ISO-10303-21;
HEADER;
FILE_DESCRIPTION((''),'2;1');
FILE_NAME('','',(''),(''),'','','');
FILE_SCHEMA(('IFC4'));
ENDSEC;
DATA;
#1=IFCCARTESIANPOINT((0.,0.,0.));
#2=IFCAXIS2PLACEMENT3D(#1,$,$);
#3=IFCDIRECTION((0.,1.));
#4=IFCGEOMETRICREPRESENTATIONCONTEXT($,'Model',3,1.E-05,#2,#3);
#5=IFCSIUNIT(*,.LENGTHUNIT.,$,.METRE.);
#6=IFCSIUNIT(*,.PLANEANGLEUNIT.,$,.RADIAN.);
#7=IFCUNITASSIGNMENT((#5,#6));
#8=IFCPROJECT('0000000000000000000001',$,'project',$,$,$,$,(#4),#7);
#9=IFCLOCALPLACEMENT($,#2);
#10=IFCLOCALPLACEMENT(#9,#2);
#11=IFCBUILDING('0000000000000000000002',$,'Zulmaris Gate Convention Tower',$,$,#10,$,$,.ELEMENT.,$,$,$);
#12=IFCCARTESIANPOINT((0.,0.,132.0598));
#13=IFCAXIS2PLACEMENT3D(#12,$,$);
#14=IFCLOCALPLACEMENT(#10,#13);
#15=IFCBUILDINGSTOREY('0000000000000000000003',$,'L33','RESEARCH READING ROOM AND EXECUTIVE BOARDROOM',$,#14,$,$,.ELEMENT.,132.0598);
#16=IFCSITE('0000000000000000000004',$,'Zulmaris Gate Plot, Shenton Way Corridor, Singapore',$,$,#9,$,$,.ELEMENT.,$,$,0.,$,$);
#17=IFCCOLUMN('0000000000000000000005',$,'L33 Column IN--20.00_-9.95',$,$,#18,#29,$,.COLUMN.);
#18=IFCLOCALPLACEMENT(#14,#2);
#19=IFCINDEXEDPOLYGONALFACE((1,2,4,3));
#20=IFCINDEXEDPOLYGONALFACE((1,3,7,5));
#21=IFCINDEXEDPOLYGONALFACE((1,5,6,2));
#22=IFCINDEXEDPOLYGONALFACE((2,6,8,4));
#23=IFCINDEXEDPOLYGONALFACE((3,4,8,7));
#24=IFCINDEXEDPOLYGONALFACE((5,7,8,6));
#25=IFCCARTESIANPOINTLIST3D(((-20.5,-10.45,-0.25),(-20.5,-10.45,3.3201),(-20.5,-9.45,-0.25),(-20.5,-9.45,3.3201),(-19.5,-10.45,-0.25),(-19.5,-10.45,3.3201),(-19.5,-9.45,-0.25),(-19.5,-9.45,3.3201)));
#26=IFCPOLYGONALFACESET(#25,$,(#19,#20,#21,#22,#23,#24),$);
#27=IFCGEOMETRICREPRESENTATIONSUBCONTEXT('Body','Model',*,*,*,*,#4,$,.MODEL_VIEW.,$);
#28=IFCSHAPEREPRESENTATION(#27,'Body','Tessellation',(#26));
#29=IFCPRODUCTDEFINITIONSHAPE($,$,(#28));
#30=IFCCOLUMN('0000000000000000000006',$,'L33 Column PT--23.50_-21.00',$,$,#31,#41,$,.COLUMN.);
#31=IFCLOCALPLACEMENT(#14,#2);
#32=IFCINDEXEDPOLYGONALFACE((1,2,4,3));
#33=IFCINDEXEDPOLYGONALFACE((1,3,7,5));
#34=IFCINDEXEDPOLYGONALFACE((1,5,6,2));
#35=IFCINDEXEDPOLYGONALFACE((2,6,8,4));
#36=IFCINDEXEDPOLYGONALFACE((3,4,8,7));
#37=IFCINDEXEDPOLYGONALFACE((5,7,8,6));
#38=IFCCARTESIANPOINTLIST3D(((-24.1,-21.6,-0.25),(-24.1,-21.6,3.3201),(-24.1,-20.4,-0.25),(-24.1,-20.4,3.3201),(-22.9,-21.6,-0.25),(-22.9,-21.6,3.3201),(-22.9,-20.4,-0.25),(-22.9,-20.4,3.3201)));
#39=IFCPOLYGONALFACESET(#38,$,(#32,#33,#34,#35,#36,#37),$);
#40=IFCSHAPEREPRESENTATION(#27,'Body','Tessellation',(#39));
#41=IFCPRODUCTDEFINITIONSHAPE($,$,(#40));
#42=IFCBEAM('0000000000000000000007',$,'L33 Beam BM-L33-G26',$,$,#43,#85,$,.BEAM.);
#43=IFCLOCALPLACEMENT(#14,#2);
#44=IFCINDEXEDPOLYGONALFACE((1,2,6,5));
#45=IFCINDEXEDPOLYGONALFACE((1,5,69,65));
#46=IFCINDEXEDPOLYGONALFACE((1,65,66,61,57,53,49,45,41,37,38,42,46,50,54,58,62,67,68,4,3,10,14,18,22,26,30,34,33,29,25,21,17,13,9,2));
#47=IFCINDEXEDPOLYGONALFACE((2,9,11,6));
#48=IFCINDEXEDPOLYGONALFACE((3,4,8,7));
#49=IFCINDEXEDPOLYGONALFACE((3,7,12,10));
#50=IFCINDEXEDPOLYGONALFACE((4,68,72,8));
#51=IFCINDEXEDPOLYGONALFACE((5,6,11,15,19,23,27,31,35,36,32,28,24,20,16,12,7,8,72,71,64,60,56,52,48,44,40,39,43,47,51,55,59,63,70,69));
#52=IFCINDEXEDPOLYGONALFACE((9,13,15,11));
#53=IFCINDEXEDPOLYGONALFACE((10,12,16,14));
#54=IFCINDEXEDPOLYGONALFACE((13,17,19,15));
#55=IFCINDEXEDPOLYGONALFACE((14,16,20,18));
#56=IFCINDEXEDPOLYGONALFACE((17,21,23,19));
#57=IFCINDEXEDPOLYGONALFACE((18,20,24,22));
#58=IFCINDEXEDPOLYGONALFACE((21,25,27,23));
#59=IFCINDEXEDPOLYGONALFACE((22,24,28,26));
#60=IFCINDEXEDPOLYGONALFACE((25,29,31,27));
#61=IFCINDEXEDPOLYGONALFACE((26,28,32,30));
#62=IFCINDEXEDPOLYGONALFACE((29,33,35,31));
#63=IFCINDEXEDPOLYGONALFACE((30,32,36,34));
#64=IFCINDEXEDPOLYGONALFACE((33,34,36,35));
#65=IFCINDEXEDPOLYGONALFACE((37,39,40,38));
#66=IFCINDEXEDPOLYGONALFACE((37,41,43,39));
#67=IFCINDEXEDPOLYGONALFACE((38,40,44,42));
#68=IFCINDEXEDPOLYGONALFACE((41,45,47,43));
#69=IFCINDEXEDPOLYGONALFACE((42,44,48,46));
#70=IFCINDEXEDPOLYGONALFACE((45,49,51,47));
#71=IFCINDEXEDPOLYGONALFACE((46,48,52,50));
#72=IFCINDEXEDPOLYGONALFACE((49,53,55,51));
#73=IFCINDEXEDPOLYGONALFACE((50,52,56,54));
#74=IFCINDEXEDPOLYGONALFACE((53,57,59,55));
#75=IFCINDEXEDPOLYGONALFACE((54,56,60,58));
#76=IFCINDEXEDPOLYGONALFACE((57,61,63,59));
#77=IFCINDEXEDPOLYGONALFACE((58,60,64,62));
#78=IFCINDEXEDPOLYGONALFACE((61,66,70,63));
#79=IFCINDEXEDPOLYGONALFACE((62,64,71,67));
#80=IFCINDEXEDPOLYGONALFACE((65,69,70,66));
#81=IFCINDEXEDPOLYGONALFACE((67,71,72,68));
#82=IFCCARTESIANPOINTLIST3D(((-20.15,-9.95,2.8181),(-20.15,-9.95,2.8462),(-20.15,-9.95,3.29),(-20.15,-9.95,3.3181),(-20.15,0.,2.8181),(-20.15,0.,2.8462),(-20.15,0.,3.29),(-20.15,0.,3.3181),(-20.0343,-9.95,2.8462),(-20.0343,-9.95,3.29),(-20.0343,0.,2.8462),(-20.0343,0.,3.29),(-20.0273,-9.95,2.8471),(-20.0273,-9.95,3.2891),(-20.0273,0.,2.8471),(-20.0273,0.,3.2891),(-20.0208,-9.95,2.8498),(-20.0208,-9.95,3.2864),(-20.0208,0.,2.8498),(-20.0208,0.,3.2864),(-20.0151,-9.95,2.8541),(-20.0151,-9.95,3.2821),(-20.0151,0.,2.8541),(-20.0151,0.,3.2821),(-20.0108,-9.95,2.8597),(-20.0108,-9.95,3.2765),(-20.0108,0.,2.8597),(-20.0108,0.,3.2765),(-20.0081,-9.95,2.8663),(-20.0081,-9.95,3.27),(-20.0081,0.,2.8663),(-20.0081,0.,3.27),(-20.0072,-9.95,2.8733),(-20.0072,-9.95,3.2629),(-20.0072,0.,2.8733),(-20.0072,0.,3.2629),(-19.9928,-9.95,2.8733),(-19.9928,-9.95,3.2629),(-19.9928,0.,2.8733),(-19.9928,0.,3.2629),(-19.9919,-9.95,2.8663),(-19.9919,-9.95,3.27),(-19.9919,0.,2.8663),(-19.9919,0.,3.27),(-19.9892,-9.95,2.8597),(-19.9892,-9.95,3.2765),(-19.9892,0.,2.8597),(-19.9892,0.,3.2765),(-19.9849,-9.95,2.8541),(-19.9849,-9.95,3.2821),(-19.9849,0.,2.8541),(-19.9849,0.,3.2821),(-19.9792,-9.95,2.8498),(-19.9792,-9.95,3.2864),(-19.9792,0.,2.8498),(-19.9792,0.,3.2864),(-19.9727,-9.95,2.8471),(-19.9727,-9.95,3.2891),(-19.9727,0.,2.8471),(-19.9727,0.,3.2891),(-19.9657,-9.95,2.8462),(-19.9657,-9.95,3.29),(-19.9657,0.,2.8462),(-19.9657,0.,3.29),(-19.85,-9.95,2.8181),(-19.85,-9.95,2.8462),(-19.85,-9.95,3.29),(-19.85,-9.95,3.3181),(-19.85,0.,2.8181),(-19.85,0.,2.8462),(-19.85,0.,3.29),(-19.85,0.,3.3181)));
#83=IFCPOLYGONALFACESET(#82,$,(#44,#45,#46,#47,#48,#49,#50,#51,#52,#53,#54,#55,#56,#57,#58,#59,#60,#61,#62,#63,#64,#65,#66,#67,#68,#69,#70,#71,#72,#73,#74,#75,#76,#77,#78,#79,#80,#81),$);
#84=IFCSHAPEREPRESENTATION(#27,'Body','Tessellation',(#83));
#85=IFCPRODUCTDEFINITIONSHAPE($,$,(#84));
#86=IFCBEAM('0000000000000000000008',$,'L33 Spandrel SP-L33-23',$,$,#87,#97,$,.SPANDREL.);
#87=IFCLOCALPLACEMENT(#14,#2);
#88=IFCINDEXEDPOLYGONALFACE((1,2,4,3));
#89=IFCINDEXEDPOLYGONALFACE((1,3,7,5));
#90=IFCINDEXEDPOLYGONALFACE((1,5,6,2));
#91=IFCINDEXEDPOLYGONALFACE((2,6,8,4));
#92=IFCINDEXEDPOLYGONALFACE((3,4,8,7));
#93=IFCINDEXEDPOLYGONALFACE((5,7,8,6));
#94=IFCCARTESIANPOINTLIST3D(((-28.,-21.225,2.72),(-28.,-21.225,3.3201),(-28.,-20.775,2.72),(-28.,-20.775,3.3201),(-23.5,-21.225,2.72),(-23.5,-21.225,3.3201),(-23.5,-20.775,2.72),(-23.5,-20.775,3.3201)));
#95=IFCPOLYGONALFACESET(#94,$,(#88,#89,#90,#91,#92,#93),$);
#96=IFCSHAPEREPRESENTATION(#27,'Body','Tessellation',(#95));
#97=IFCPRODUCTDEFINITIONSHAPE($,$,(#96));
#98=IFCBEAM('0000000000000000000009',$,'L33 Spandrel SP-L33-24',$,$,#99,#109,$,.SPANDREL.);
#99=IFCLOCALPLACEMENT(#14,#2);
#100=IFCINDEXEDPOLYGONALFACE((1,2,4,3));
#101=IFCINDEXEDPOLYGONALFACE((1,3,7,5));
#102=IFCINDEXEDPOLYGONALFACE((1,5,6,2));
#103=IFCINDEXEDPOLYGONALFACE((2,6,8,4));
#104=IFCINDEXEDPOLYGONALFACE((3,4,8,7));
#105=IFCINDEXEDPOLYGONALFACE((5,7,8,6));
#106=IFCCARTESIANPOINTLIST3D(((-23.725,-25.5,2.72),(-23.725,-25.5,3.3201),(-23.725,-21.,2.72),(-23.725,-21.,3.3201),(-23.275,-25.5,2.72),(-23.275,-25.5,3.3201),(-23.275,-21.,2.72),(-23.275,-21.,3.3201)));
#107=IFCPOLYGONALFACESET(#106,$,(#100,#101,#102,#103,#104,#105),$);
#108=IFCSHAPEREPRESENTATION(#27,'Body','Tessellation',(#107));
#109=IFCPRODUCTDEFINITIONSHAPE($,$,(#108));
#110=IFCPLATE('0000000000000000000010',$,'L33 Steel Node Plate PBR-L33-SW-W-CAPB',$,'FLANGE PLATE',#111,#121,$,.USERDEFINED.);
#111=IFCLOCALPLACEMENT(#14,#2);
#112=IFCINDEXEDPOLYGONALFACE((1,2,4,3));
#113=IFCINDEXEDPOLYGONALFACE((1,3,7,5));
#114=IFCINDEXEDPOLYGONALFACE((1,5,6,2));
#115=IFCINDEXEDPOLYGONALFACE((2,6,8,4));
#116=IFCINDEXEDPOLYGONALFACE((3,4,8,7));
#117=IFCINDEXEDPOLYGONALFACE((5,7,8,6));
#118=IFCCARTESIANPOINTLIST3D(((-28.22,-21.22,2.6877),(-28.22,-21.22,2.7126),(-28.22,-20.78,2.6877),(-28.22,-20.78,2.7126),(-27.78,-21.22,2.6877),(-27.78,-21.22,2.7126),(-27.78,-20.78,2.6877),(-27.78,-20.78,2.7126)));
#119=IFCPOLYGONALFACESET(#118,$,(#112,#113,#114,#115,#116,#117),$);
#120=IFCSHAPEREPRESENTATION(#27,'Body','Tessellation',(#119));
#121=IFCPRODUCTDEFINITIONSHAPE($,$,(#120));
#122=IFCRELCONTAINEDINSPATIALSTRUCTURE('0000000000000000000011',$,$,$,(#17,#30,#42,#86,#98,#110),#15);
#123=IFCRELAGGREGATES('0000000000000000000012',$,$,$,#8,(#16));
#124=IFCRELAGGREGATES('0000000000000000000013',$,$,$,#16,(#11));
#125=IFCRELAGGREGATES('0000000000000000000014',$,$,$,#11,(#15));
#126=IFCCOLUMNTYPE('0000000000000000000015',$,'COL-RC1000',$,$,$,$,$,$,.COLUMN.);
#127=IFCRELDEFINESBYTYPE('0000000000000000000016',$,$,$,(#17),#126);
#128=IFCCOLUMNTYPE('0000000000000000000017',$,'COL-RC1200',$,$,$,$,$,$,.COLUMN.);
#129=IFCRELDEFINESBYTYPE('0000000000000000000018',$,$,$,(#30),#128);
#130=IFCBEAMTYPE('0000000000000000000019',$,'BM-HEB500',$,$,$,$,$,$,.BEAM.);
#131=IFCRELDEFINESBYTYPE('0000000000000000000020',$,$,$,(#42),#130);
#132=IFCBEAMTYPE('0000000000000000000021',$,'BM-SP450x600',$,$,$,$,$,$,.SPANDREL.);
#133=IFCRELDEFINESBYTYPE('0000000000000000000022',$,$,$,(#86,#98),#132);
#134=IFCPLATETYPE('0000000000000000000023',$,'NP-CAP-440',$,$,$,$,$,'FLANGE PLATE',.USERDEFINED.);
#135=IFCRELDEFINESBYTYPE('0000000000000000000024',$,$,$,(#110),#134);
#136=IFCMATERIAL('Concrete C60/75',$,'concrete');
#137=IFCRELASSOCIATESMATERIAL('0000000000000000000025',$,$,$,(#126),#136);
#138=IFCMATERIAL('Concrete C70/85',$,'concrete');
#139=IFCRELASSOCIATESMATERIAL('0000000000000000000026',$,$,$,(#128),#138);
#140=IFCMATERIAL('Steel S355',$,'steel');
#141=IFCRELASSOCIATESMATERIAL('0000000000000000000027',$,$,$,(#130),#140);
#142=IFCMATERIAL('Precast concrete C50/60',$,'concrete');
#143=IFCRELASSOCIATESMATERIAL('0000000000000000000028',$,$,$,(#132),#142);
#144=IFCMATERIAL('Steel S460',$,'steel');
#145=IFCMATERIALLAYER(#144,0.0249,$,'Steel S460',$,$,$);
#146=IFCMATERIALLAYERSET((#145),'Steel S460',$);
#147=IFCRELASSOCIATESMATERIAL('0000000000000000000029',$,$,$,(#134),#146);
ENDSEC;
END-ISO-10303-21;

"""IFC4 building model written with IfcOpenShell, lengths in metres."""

from ifc_helpers import new_model, si_unit, direction, frame, origin, origin_2d, place, context, subcontext, project, spatial, rectangle, i_section, extrude, material, layer, layer_set, material_profile, profile_set, type_object, element, save


model = new_model("IFC4")

# Units and contexts
model_context = context("Model", 3, precision=1e-05, world=origin(), true_north=direction((0.0, 1.0)))
body_context = subcontext(model_context, "Body", "Model", "MODEL_VIEW")
ifc_project = project(units=[si_unit("LENGTHUNIT", "METRE"), si_unit("PLANEANGLEUNIT", "RADIAN")], contexts=[model_context])

# Site, building, storey
site_placement = place(None, origin())
site = spatial("IfcSite", under=ifc_project, at=site_placement, Name="Zulmaris Gate Plot, Shenton Way Corridor, Singapore", CompositionType="ELEMENT", RefElevation=0.0)
building_placement = place(site_placement, origin())
building = spatial("IfcBuilding", under=site, at=building_placement, Name="Zulmaris Gate Convention Tower", CompositionType="ELEMENT")
storey_placement = place(building_placement, frame((0.0, 0.0, 132.0598)))
storey = spatial("IfcBuildingStorey", under=building, at=storey_placement, Name="L33", Description="RESEARCH READING ROOM AND EXECUTIVE BOARDROOM", CompositionType="ELEMENT", Elevation=132.0598)

# Columns
ifc_material_1 = material(Name="Concrete C60/75", Category="concrete")
ifc_material_profile_1 = material_profile(ifc_material_1, rectangle(XDim=1.0, YDim=1.0, at=origin_2d()), Name="RC COL 1000x1000")
ifc_profile_set_1 = profile_set([ifc_material_profile_1], Name="Concrete C60/75")
column_type_1 = type_object("IfcColumnType", Name="COL-RC1000", PredefinedType="COLUMN", material=ifc_profile_set_1)
column_1_placement = place(storey_placement, frame((-20.0, -9.95, -0.25), z_axis=(0.0, 0.0, 1.0), x_axis=(1.0, 0.0, 0.0)))
element("IfcColumn", 1, at=column_1_placement, inside=storey, type_object=column_type_1, Name="L33 Column IN--20.00_-9.95", PredefinedType="COLUMN", context=body_context, shape_type="SweptSolid", body=[
    extrude(rectangle(XDim=1.0, YDim=1.0, at=origin_2d()), origin(), (0.0, 0.0, 1.0), 3.5701),
])
ifc_material_2 = material(Name="Concrete C70/85", Category="concrete")
ifc_material_profile_2 = material_profile(ifc_material_2, rectangle(XDim=1.2, YDim=1.2, at=origin_2d()), Name="RC COL 1200x1200")
ifc_profile_set_2 = profile_set([ifc_material_profile_2], Name="Concrete C70/85")
column_type_2 = type_object("IfcColumnType", Name="COL-RC1200", PredefinedType="COLUMN", material=ifc_profile_set_2)
column_2_placement = place(storey_placement, frame((-23.5, -21.0, -0.25), z_axis=(0.0, 0.0, 1.0), x_axis=(1.0, 0.0, 0.0)))
element("IfcColumn", 2, at=column_2_placement, inside=storey, type_object=column_type_2, Name="L33 Column PT--23.50_-21.00", PredefinedType="COLUMN", context=body_context, shape_type="SweptSolid", body=[
    extrude(rectangle(XDim=1.2, YDim=1.2, at=origin_2d()), origin(), (0.0, 0.0, 1.0), 3.5701),
])

# Beams
ifc_material_3 = material(Name="Steel S355", Category="steel")
ifc_material_profile_3 = material_profile(ifc_material_3, i_section(OverallWidth=0.3, OverallDepth=0.5, WebThickness=0.0144, FlangeThickness=0.0281, FilletRadius=0.0271, at=origin_2d()), Name="HEB 500")
ifc_profile_set_3 = profile_set([ifc_material_profile_3], Name="Steel S355")
beam_type_1 = type_object("IfcBeamType", Name="BM-HEB500", PredefinedType="BEAM", material=ifc_profile_set_3)
beam_placement = place(storey_placement, frame((-20.0, -9.95, 3.0681), z_axis=(0.0, 1.0, 0.0), x_axis=(-1.0, 0.0, 0.0)))
element("IfcBeam", 3, at=beam_placement, inside=storey, type_object=beam_type_1, Name="L33 Beam BM-L33-G26", PredefinedType="BEAM", context=body_context, shape_type="SweptSolid", body=[
    extrude(i_section(OverallWidth=0.3, OverallDepth=0.5, WebThickness=0.0144, FlangeThickness=0.0281, FilletRadius=0.0271, at=origin_2d()), origin(), (0.0, 0.0, 1.0), 9.95),
])
ifc_material_4 = material(Name="Precast concrete C50/60", Category="concrete")
ifc_material_profile_4 = material_profile(ifc_material_4, rectangle(XDim=0.45, YDim=0.6001, at=origin_2d()), Name="RC SPANDREL 450x600")
ifc_profile_set_4 = profile_set([ifc_material_profile_4], Name="Precast concrete C50/60")
beam_type_2 = type_object("IfcBeamType", Name="BM-SP450x600", PredefinedType="SPANDREL", material=ifc_profile_set_4)
for number, where, z_axis, x_axis, name in (
    (4, (-28.0, -21.0, 3.02), (1.0, 0.0, 0.0), (0.0, 1.0, 0.0), "L33 Spandrel SP-L33-23"),
    (5, (-23.5, -21.0, 3.02), (0.0, -1.0, 0.0), (1.0, 0.0, 0.0), "L33 Spandrel SP-L33-24"),
):
    element("IfcBeam", number, at=place(storey_placement, frame(where, z_axis=z_axis, x_axis=x_axis)), inside=storey, type_object=beam_type_2, Name=name, PredefinedType="SPANDREL", context=body_context, shape_type="SweptSolid", body=[
        extrude(rectangle(XDim=0.45, YDim=0.6001, at=origin_2d()), origin(), (0.0, 0.0, 1.0), 4.5),
    ])

# Plate
ifc_material_5 = material(Name="Steel S460", Category="steel")
ifc_layer_1 = layer(ifc_material_5, 0.0249, Name="Steel S460")
ifc_layer_set_1 = layer_set([ifc_layer_1], Name="Steel S460")
plate_type = type_object("IfcPlateType", Name="NP-CAP-440", ElementType="FLANGE PLATE", PredefinedType="USERDEFINED", material=ifc_layer_set_1)
plate_placement = place(storey_placement, frame((-28.0, -21.0, 2.6877), z_axis=(0.0, 0.0, 1.0), x_axis=(1.0, 0.0, 0.0)))
element("IfcPlate", 6, at=plate_placement, inside=storey, type_object=plate_type, Name="L33 Steel Node Plate PBR-L33-SW-W-CAPB", ObjectType="FLANGE PLATE", PredefinedType="USERDEFINED", context=body_context, shape_type="SweptSolid", body=[
    extrude(rectangle(XDim=0.4399, YDim=0.4399, at=origin_2d()), origin(), (0.0, 0.0, 1.0), 0.0249),
])

save(model, "model.ifc")
